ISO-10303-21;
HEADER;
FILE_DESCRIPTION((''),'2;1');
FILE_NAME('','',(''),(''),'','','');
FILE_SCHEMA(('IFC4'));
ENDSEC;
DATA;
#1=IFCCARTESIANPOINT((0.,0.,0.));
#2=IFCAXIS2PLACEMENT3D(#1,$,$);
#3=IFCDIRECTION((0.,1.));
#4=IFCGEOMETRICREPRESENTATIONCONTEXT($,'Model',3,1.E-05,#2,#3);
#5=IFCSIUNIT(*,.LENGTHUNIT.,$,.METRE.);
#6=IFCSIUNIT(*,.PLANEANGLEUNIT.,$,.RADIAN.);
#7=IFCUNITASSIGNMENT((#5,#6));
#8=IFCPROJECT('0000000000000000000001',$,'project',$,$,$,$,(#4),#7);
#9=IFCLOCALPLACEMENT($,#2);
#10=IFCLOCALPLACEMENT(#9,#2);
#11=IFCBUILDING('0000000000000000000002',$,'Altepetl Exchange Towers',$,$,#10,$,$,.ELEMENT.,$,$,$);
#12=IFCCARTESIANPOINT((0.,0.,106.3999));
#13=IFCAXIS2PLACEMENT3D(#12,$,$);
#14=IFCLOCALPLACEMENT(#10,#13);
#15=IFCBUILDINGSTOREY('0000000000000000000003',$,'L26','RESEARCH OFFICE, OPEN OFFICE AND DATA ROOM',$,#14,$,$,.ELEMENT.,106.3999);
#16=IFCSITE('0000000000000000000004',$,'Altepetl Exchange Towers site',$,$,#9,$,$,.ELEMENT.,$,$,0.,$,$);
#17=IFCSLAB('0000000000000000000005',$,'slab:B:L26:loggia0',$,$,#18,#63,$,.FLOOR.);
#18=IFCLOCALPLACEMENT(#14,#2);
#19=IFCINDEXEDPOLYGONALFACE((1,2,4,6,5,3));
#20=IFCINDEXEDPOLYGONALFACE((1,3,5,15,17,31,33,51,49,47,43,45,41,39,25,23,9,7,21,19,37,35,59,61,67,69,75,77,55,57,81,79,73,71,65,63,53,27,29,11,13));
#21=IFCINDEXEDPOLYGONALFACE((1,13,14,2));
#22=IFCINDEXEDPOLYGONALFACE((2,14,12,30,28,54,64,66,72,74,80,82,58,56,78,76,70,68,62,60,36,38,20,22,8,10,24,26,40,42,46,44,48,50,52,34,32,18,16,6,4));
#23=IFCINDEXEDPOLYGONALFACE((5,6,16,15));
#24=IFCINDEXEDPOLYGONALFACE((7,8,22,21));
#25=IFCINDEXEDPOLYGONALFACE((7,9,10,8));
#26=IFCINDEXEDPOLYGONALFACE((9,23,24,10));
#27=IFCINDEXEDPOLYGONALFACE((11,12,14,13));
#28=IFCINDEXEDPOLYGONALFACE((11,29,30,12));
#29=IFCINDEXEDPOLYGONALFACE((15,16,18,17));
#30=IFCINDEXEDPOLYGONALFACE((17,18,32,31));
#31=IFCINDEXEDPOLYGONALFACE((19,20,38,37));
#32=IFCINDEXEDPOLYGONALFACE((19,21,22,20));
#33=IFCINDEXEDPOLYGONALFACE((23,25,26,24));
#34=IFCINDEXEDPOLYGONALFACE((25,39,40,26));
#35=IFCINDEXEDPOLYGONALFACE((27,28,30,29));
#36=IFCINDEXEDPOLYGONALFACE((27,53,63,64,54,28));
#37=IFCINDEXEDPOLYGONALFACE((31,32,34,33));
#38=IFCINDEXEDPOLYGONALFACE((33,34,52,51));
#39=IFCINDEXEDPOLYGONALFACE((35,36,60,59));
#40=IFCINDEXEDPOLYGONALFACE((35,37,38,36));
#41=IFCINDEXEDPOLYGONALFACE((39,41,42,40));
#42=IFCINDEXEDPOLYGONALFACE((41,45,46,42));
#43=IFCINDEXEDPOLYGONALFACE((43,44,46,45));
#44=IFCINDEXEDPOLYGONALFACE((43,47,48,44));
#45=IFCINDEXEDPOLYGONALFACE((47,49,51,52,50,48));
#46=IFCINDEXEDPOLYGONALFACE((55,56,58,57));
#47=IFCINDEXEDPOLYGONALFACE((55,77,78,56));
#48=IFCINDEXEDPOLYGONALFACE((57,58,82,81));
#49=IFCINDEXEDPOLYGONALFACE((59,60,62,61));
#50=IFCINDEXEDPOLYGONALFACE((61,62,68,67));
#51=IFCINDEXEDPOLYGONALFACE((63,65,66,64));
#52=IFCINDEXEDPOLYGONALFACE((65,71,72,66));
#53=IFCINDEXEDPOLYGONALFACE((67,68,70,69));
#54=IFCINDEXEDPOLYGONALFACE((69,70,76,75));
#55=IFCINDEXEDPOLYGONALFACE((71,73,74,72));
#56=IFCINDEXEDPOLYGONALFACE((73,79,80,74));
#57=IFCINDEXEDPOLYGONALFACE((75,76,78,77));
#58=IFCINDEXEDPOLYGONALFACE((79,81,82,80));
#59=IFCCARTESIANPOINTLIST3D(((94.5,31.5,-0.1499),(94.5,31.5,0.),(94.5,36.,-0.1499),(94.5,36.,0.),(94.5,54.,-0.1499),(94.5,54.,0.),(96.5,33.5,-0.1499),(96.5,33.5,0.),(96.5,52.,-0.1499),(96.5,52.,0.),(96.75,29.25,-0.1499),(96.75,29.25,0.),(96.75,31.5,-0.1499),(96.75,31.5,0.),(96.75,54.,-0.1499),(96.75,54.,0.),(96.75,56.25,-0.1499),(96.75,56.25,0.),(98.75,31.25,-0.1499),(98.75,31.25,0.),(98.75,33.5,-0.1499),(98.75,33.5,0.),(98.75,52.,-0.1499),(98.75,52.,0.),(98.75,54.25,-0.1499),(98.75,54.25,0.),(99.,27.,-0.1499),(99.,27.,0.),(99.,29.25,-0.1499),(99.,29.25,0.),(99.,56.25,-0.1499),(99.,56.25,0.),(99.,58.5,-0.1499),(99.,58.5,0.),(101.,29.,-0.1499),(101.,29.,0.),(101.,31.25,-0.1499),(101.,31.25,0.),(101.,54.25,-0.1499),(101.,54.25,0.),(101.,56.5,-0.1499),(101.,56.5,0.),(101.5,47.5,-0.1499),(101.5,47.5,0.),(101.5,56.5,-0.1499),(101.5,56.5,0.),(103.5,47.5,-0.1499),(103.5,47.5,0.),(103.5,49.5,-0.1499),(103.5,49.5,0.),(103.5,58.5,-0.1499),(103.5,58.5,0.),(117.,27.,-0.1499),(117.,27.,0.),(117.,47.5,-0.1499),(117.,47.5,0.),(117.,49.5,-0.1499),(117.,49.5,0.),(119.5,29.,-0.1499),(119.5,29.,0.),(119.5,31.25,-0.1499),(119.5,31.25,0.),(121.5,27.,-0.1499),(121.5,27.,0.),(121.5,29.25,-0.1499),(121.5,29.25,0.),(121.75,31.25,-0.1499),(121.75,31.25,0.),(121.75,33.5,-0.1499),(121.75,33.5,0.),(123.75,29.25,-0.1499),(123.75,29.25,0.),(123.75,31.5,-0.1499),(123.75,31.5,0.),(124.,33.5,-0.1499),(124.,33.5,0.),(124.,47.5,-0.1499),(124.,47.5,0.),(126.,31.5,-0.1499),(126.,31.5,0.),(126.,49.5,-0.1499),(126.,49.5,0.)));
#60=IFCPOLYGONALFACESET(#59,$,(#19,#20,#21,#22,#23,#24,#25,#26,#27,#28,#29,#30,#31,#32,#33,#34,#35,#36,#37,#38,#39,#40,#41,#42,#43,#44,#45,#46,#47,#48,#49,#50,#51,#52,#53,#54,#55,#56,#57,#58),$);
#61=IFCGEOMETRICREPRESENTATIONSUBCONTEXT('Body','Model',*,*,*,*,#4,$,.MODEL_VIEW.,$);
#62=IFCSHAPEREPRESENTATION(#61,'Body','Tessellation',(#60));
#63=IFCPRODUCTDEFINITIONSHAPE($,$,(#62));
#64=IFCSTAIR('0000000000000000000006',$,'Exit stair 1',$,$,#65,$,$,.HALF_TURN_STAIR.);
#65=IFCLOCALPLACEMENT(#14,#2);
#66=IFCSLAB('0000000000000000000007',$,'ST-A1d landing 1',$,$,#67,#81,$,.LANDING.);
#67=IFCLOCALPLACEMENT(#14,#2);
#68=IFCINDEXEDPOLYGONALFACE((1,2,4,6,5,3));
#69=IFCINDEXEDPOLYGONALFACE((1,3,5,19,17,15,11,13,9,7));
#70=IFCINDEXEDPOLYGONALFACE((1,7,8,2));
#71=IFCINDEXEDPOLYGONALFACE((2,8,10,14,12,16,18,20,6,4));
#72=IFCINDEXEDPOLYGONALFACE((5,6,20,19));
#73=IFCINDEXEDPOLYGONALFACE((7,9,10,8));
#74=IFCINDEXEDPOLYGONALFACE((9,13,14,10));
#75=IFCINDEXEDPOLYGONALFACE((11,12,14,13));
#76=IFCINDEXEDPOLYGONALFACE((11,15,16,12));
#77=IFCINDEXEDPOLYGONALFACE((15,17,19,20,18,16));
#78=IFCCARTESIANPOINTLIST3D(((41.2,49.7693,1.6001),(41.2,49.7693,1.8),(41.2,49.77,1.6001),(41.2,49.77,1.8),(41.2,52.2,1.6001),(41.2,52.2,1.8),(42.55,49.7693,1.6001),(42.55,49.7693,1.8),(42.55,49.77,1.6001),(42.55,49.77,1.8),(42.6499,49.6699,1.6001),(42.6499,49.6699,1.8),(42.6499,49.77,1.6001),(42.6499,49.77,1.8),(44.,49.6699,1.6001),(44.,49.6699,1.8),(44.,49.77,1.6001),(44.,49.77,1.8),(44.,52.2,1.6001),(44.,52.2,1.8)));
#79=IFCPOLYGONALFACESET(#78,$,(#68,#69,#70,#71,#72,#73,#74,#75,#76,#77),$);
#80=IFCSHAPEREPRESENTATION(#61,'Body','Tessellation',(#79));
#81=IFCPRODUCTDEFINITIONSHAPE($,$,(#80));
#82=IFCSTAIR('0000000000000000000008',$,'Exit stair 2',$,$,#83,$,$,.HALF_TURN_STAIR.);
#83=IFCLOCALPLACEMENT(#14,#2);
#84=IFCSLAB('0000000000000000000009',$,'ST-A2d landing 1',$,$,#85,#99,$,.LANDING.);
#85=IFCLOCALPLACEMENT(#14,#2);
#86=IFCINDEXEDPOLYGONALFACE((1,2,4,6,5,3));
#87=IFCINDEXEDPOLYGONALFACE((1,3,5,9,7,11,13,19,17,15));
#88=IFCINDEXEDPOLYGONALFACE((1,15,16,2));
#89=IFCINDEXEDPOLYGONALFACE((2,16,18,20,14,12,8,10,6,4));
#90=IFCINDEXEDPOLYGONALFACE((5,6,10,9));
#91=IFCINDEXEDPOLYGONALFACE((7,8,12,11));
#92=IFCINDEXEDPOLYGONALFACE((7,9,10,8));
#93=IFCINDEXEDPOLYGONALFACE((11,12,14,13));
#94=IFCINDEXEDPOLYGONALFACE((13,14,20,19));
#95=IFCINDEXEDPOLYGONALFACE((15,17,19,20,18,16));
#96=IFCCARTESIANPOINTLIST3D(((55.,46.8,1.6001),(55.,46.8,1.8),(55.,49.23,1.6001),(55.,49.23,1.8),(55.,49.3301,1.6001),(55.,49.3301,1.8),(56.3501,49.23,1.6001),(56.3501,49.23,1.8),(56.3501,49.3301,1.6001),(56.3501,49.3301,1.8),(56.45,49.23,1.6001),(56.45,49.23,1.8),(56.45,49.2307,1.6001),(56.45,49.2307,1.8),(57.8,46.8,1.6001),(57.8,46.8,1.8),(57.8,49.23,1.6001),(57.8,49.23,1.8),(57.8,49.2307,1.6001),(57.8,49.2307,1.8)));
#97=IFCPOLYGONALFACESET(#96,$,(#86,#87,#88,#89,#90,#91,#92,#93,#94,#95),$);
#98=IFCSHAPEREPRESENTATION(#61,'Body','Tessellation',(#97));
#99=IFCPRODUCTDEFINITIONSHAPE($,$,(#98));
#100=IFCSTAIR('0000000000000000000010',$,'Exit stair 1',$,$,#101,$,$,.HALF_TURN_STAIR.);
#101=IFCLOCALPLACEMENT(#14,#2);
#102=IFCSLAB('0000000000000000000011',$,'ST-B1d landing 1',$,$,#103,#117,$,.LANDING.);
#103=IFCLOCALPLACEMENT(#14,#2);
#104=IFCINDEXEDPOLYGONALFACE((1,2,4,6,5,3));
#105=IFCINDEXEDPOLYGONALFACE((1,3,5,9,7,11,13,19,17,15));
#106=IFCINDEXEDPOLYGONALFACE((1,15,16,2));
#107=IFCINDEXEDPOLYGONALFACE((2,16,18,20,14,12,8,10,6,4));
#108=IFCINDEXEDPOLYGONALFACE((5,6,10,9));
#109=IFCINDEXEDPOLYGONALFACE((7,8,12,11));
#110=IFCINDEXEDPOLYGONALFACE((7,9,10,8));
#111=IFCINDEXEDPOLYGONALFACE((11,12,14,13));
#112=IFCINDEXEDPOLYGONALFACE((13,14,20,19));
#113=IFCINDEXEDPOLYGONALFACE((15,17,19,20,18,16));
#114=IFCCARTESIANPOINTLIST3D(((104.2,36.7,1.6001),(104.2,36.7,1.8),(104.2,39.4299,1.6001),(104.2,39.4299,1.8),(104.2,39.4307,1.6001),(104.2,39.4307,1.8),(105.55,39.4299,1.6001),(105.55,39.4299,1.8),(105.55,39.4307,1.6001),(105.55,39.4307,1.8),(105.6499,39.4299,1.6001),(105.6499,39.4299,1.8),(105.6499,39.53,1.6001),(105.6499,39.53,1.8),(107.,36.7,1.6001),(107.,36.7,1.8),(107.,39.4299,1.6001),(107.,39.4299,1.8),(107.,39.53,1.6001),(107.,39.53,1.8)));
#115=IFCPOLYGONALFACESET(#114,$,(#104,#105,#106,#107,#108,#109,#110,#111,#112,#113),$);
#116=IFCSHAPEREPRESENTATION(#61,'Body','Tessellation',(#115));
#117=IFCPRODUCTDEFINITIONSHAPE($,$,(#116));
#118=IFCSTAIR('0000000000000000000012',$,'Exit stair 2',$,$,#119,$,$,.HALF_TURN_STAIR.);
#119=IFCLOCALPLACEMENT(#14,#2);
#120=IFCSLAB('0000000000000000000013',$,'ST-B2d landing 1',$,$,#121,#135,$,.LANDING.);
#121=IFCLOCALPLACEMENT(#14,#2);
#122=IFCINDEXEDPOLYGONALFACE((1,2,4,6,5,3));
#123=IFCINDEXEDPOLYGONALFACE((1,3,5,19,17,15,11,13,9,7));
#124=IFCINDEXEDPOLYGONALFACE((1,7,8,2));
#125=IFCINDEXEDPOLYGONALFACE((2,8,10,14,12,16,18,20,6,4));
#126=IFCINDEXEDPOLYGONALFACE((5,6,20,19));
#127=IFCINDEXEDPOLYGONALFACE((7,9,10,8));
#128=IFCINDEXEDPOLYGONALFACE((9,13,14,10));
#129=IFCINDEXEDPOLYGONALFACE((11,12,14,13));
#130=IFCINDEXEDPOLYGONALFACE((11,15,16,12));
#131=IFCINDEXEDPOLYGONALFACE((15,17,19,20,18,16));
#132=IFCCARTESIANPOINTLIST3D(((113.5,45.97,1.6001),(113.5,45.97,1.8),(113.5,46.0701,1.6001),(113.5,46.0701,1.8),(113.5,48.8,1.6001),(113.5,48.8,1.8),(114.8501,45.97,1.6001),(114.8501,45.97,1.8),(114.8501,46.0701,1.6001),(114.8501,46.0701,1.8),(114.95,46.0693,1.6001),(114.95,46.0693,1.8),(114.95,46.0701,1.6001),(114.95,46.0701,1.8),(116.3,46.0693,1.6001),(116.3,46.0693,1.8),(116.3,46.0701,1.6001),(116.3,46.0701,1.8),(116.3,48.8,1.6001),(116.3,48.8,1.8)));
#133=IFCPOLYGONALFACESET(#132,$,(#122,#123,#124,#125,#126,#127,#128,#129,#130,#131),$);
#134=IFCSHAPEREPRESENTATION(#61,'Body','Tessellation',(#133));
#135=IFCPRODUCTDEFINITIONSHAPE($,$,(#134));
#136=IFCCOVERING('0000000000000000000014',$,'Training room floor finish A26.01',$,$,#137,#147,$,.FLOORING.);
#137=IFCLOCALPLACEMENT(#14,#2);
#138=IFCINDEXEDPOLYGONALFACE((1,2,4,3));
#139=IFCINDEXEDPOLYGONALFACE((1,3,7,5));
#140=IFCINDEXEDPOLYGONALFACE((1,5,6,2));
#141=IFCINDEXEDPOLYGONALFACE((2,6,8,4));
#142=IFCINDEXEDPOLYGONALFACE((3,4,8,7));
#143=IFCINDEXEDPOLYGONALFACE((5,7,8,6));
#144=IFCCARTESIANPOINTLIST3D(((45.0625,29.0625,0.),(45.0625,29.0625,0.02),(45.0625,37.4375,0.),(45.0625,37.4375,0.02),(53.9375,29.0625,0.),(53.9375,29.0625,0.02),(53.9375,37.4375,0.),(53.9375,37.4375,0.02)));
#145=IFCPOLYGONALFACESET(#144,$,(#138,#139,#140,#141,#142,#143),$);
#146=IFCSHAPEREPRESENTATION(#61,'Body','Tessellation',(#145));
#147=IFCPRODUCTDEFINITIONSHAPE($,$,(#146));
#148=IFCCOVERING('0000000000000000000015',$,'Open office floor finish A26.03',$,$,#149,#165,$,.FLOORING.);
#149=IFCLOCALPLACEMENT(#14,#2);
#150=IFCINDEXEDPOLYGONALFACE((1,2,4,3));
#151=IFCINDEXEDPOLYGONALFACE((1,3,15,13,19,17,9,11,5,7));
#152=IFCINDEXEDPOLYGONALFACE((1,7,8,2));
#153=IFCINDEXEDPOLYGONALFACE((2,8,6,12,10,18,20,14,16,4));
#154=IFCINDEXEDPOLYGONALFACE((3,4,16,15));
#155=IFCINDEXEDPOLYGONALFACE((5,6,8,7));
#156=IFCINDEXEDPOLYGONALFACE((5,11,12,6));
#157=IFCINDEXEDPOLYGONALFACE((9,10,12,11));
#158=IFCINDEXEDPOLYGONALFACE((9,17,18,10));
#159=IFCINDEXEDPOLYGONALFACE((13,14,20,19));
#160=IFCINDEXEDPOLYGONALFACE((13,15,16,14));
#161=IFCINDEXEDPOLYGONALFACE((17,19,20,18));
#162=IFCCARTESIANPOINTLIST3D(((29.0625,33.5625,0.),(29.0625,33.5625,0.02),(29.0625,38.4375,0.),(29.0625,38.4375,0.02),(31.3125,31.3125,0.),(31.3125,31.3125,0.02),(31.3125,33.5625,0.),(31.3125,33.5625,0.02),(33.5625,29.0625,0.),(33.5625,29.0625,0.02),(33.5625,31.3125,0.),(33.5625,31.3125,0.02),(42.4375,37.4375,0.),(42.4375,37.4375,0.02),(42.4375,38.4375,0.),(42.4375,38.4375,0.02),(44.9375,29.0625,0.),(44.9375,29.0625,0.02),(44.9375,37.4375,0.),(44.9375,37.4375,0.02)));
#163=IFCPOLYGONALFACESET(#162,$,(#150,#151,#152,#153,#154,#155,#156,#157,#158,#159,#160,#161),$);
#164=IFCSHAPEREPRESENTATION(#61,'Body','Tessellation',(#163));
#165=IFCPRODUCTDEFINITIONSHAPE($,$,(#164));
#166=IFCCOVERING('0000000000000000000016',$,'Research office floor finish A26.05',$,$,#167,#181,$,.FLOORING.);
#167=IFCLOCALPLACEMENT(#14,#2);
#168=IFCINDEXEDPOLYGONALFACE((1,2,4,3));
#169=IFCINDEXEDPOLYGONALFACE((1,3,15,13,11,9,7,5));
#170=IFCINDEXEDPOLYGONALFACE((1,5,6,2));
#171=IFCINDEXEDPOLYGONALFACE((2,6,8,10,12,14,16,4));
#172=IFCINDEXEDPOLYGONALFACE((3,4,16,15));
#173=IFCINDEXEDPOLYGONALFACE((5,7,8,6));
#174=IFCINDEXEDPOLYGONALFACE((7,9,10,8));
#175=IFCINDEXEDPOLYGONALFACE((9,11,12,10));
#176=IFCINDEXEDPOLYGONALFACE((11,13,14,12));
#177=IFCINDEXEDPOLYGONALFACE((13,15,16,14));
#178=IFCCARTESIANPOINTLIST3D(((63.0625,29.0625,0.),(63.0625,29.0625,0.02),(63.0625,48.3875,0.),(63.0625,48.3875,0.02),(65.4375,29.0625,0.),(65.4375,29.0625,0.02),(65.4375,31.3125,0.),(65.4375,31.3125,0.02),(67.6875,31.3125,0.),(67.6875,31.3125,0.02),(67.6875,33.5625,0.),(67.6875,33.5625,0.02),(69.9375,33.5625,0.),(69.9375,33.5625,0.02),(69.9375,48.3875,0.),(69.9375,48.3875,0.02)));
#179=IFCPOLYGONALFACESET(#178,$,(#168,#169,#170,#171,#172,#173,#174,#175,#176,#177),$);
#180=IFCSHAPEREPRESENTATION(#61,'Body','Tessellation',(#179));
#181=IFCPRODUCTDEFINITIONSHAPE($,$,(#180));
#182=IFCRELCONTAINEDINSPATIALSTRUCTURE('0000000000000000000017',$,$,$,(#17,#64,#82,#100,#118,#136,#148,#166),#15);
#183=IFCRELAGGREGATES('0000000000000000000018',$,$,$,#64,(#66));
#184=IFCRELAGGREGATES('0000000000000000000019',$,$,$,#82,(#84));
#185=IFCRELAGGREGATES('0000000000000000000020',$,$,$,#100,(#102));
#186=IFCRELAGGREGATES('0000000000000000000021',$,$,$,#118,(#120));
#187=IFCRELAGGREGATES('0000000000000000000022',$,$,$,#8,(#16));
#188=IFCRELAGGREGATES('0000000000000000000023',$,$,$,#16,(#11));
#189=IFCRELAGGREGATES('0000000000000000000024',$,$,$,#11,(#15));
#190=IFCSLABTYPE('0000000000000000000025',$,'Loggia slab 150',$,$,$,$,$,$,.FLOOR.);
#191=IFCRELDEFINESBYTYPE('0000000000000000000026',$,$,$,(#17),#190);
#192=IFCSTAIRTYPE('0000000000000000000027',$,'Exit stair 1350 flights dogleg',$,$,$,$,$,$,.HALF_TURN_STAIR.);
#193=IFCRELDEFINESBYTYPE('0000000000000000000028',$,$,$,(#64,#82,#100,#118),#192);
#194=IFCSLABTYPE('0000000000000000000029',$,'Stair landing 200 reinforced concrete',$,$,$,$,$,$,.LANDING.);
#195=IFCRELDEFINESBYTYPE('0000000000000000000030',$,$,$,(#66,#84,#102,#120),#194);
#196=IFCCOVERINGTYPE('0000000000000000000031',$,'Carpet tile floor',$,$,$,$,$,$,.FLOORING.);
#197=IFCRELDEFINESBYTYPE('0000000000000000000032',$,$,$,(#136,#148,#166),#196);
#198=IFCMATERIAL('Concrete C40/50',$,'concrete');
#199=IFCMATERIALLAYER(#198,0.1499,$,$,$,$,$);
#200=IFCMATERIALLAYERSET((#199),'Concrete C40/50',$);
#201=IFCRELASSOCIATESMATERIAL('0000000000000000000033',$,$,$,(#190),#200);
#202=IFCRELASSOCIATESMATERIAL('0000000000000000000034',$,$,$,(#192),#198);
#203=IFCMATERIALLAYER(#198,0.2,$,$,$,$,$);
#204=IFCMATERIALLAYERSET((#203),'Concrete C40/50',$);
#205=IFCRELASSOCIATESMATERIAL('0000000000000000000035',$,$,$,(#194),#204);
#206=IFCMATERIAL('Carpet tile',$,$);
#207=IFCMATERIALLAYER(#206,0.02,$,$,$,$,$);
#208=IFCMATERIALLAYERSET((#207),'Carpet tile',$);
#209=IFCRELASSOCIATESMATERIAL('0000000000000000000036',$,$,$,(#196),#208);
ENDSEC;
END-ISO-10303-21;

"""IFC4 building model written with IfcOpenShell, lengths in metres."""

from ifc_helpers import new_model, si_unit, direction, frame, origin, place, context, subcontext, project, spatial, polyline, outline, extrude, material, layer, layer_set, type_object, element, aggregate, save


model = new_model("IFC4")

# Units and contexts
model_context = context("Model", 3, precision=1e-05, world=origin(), true_north=direction((0.0, 1.0)))
body_context = subcontext(model_context, "Body", "Model", "MODEL_VIEW")
ifc_project = project(units=[si_unit("LENGTHUNIT", "METRE"), si_unit("PLANEANGLEUNIT", "RADIAN")], contexts=[model_context])

# Site, building, storey
site_placement = place(None, origin())
site = spatial("IfcSite", under=ifc_project, at=site_placement, Name="Altepetl Exchange Towers site", CompositionType="ELEMENT", RefElevation=0.0)
building_placement = place(site_placement, origin())
building = spatial("IfcBuilding", under=site, at=building_placement, Name="Altepetl Exchange Towers", CompositionType="ELEMENT")
storey_placement = place(building_placement, frame((0.0, 0.0, 106.3999)))
storey = spatial("IfcBuildingStorey", under=building, at=storey_placement, Name="L26", Description="RESEARCH OFFICE, OPEN OFFICE AND DATA ROOM", CompositionType="ELEMENT", Elevation=106.3999)

# Slab
ifc_material_1 = material(Name="Concrete C40/50", Category="concrete")
ifc_layer_1 = layer(ifc_material_1, 0.1499)
ifc_layer_set_1 = layer_set([ifc_layer_1], Name="Concrete C40/50")
slab_type_1 = type_object("IfcSlabType", Name="Loggia slab 150", PredefinedType="FLOOR", material=ifc_layer_set_1)
slab_1_placement = place(storey_placement, frame((0.0, 0.0, -0.1499)))
element("IfcSlab", 1, at=slab_1_placement, inside=storey, type_object=slab_type_1, Name="slab:B:L26:loggia0", PredefinedType="FLOOR", context=body_context, shape_type="SweptSolid", body=[
    extrude(outline(polyline([(96.75, 54.0), (94.5, 54.0), (94.5, 36.0), (94.5, 31.5), (96.75, 31.5), (96.75, 29.25), (99.0, 29.25), (99.0, 27.0), (117.0, 27.0), (121.5, 27.0), (121.5, 29.25), (123.75, 29.25), (123.75, 31.5), (126.0, 31.5), (126.0, 49.5), (117.0, 49.5), (117.0, 47.5), (124.0, 47.5), (124.0, 33.5), (121.75, 33.5), (121.75, 31.25), (119.5, 31.25), (119.5, 29.0), (101.0, 29.0), (101.0, 31.25), (98.75, 31.25), (98.75, 33.5), (96.5, 33.5), (96.5, 52.0), (98.75, 52.0), (98.75, 54.25), (101.0, 54.25), (101.0, 56.5), (101.5, 56.5), (101.5, 47.5), (103.5, 47.5), (103.5, 49.5), (103.5, 58.5), (99.0, 58.5), (99.0, 56.25), (96.75, 56.25), (96.75, 54.0)])), origin(), (0.0, 0.0, 1.0), 0.1499),
])

# Stairs, slabs
stair_type = type_object("IfcStairType", Name="Exit stair 1350 flights dogleg", PredefinedType="HALF_TURN_STAIR", material=ifc_material_1)
stair_1_placement = place(storey_placement, origin())
stair_1 = element("IfcStair", 2, at=stair_1_placement, inside=storey, type_object=stair_type, Name="Exit stair 1", PredefinedType="HALF_TURN_STAIR")
ifc_layer_2 = layer(ifc_material_1, 0.2)
ifc_layer_set_2 = layer_set([ifc_layer_2], Name="Concrete C40/50")
slab_type_2 = type_object("IfcSlabType", Name="Stair landing 200 reinforced concrete", PredefinedType="LANDING", material=ifc_layer_set_2)
slab_2_placement = place(storey_placement, frame((0.0, 0.0, 1.6001)))
slab_2 = element("IfcSlab", 3, at=slab_2_placement, type_object=slab_type_2, Name="ST-A1d landing 1", PredefinedType="LANDING", context=body_context, shape_type="SweptSolid", body=[
    extrude(outline(polyline([(44.0, 49.6699), (42.6499, 49.6699), (42.6499, 49.77), (42.55, 49.77), (42.55, 49.7693), (41.2, 49.7693), (41.2, 49.77), (41.2, 52.2), (44.0, 52.2), (44.0, 49.77), (44.0, 49.6699)])), origin(), (0.0, 0.0, 1.0), 0.2),
])
aggregate(stair_1, [slab_2])
stair_2_placement = place(storey_placement, origin())
stair_2 = element("IfcStair", 4, at=stair_2_placement, inside=storey, type_object=stair_type, Name="Exit stair 2", PredefinedType="HALF_TURN_STAIR")
slab_3_placement = place(storey_placement, frame((0.0, 0.0, 1.6001)))
slab_3 = element("IfcSlab", 5, at=slab_3_placement, type_object=slab_type_2, Name="ST-A2d landing 1", PredefinedType="LANDING", context=body_context, shape_type="SweptSolid", body=[
    extrude(outline(polyline([(57.8, 46.8), (55.0, 46.8), (55.0, 49.23), (55.0, 49.3301), (56.3501, 49.3301), (56.3501, 49.23), (56.45, 49.23), (56.45, 49.2307), (57.8, 49.2307), (57.8, 49.23), (57.8, 46.8)])), origin(), (0.0, 0.0, 1.0), 0.2),
])
aggregate(stair_2, [slab_3])
stair_3_placement = place(storey_placement, origin())
stair_3 = element("IfcStair", 6, at=stair_3_placement, inside=storey, type_object=stair_type, Name="Exit stair 1", PredefinedType="HALF_TURN_STAIR")
slab_4_placement = place(storey_placement, frame((0.0, 0.0, 1.6001)))
slab_4 = element("IfcSlab", 7, at=slab_4_placement, type_object=slab_type_2, Name="ST-B1d landing 1", PredefinedType="LANDING", context=body_context, shape_type="SweptSolid", body=[
    extrude(outline(polyline([(107.0, 36.7), (104.2, 36.7), (104.2, 39.4299), (104.2, 39.4307), (105.55, 39.4307), (105.55, 39.4299), (105.6499, 39.4299), (105.6499, 39.53), (107.0, 39.53), (107.0, 39.4299), (107.0, 36.7)])), origin(), (0.0, 0.0, 1.0), 0.2),
])
aggregate(stair_3, [slab_4])
stair_4_placement = place(storey_placement, origin())
stair_4 = element("IfcStair", 8, at=stair_4_placement, inside=storey, type_object=stair_type, Name="Exit stair 2", PredefinedType="HALF_TURN_STAIR")
slab_5_placement = place(storey_placement, frame((0.0, 0.0, 1.6001)))
slab_5 = element("IfcSlab", 9, at=slab_5_placement, type_object=slab_type_2, Name="ST-B2d landing 1", PredefinedType="LANDING", context=body_context, shape_type="SweptSolid", body=[
    extrude(outline(polyline([(114.8501, 45.97), (113.5, 45.97), (113.5, 46.0701), (113.5, 48.8), (116.3, 48.8), (116.3, 46.0701), (116.3, 46.0693), (114.95, 46.0693), (114.95, 46.0701), (114.8501, 46.0701), (114.8501, 45.97)])), origin(), (0.0, 0.0, 1.0), 0.2),
])
aggregate(stair_4, [slab_5])

# Coverings
ifc_material_2 = material(Name="Carpet tile")
ifc_layer_3 = layer(ifc_material_2, 0.02)
ifc_layer_set_3 = layer_set([ifc_layer_3], Name="Carpet tile")
covering_type_1 = type_object("IfcCoveringType", Name="Carpet tile floor", PredefinedType="FLOORING", material=ifc_layer_set_3)
covering_1_placement = place(storey_placement, origin())
element("IfcCovering", 10, at=covering_1_placement, inside=storey, type_object=covering_type_1, Name="Training room floor finish A26.01", PredefinedType="FLOORING", context=body_context, shape_type="SweptSolid", body=[
    extrude(outline(polyline([(53.9375, 29.0625), (53.9375, 37.4375), (45.0625, 37.4375), (45.0625, 29.0625), (53.9375, 29.0625)])), origin(), (0.0, 0.0, 1.0), 0.02),
])
covering_2_placement = place(storey_placement, origin())
element("IfcCovering", 11, at=covering_2_placement, inside=storey, type_object=covering_type_1, Name="Open office floor finish A26.03", PredefinedType="FLOORING", context=body_context, shape_type="SweptSolid", body=[
    extrude(outline(polyline([(33.5625, 29.0625), (44.9375, 29.0625), (44.9375, 37.4375), (42.4375, 37.4375), (42.4375, 38.4375), (29.0625, 38.4375), (29.0625, 33.5625), (31.3125, 33.5625), (31.3125, 31.3125), (33.5625, 31.3125), (33.5625, 29.0625)])), origin(), (0.0, 0.0, 1.0), 0.02),
])
covering_3_placement = place(storey_placement, origin())
element("IfcCovering", 12, at=covering_3_placement, inside=storey, type_object=covering_type_1, Name="Research office floor finish A26.05", PredefinedType="FLOORING", context=body_context, shape_type="SweptSolid", body=[
    extrude(outline(polyline([(67.6875, 33.5625), (69.9375, 33.5625), (69.9375, 48.3875), (63.0625, 48.3875), (63.0625, 29.0625), (65.4375, 29.0625), (65.4375, 31.3125), (67.6875, 31.3125), (67.6875, 33.5625)])), origin(), (0.0, 0.0, 1.0), 0.02),
])

save(model, "model.ifc")
